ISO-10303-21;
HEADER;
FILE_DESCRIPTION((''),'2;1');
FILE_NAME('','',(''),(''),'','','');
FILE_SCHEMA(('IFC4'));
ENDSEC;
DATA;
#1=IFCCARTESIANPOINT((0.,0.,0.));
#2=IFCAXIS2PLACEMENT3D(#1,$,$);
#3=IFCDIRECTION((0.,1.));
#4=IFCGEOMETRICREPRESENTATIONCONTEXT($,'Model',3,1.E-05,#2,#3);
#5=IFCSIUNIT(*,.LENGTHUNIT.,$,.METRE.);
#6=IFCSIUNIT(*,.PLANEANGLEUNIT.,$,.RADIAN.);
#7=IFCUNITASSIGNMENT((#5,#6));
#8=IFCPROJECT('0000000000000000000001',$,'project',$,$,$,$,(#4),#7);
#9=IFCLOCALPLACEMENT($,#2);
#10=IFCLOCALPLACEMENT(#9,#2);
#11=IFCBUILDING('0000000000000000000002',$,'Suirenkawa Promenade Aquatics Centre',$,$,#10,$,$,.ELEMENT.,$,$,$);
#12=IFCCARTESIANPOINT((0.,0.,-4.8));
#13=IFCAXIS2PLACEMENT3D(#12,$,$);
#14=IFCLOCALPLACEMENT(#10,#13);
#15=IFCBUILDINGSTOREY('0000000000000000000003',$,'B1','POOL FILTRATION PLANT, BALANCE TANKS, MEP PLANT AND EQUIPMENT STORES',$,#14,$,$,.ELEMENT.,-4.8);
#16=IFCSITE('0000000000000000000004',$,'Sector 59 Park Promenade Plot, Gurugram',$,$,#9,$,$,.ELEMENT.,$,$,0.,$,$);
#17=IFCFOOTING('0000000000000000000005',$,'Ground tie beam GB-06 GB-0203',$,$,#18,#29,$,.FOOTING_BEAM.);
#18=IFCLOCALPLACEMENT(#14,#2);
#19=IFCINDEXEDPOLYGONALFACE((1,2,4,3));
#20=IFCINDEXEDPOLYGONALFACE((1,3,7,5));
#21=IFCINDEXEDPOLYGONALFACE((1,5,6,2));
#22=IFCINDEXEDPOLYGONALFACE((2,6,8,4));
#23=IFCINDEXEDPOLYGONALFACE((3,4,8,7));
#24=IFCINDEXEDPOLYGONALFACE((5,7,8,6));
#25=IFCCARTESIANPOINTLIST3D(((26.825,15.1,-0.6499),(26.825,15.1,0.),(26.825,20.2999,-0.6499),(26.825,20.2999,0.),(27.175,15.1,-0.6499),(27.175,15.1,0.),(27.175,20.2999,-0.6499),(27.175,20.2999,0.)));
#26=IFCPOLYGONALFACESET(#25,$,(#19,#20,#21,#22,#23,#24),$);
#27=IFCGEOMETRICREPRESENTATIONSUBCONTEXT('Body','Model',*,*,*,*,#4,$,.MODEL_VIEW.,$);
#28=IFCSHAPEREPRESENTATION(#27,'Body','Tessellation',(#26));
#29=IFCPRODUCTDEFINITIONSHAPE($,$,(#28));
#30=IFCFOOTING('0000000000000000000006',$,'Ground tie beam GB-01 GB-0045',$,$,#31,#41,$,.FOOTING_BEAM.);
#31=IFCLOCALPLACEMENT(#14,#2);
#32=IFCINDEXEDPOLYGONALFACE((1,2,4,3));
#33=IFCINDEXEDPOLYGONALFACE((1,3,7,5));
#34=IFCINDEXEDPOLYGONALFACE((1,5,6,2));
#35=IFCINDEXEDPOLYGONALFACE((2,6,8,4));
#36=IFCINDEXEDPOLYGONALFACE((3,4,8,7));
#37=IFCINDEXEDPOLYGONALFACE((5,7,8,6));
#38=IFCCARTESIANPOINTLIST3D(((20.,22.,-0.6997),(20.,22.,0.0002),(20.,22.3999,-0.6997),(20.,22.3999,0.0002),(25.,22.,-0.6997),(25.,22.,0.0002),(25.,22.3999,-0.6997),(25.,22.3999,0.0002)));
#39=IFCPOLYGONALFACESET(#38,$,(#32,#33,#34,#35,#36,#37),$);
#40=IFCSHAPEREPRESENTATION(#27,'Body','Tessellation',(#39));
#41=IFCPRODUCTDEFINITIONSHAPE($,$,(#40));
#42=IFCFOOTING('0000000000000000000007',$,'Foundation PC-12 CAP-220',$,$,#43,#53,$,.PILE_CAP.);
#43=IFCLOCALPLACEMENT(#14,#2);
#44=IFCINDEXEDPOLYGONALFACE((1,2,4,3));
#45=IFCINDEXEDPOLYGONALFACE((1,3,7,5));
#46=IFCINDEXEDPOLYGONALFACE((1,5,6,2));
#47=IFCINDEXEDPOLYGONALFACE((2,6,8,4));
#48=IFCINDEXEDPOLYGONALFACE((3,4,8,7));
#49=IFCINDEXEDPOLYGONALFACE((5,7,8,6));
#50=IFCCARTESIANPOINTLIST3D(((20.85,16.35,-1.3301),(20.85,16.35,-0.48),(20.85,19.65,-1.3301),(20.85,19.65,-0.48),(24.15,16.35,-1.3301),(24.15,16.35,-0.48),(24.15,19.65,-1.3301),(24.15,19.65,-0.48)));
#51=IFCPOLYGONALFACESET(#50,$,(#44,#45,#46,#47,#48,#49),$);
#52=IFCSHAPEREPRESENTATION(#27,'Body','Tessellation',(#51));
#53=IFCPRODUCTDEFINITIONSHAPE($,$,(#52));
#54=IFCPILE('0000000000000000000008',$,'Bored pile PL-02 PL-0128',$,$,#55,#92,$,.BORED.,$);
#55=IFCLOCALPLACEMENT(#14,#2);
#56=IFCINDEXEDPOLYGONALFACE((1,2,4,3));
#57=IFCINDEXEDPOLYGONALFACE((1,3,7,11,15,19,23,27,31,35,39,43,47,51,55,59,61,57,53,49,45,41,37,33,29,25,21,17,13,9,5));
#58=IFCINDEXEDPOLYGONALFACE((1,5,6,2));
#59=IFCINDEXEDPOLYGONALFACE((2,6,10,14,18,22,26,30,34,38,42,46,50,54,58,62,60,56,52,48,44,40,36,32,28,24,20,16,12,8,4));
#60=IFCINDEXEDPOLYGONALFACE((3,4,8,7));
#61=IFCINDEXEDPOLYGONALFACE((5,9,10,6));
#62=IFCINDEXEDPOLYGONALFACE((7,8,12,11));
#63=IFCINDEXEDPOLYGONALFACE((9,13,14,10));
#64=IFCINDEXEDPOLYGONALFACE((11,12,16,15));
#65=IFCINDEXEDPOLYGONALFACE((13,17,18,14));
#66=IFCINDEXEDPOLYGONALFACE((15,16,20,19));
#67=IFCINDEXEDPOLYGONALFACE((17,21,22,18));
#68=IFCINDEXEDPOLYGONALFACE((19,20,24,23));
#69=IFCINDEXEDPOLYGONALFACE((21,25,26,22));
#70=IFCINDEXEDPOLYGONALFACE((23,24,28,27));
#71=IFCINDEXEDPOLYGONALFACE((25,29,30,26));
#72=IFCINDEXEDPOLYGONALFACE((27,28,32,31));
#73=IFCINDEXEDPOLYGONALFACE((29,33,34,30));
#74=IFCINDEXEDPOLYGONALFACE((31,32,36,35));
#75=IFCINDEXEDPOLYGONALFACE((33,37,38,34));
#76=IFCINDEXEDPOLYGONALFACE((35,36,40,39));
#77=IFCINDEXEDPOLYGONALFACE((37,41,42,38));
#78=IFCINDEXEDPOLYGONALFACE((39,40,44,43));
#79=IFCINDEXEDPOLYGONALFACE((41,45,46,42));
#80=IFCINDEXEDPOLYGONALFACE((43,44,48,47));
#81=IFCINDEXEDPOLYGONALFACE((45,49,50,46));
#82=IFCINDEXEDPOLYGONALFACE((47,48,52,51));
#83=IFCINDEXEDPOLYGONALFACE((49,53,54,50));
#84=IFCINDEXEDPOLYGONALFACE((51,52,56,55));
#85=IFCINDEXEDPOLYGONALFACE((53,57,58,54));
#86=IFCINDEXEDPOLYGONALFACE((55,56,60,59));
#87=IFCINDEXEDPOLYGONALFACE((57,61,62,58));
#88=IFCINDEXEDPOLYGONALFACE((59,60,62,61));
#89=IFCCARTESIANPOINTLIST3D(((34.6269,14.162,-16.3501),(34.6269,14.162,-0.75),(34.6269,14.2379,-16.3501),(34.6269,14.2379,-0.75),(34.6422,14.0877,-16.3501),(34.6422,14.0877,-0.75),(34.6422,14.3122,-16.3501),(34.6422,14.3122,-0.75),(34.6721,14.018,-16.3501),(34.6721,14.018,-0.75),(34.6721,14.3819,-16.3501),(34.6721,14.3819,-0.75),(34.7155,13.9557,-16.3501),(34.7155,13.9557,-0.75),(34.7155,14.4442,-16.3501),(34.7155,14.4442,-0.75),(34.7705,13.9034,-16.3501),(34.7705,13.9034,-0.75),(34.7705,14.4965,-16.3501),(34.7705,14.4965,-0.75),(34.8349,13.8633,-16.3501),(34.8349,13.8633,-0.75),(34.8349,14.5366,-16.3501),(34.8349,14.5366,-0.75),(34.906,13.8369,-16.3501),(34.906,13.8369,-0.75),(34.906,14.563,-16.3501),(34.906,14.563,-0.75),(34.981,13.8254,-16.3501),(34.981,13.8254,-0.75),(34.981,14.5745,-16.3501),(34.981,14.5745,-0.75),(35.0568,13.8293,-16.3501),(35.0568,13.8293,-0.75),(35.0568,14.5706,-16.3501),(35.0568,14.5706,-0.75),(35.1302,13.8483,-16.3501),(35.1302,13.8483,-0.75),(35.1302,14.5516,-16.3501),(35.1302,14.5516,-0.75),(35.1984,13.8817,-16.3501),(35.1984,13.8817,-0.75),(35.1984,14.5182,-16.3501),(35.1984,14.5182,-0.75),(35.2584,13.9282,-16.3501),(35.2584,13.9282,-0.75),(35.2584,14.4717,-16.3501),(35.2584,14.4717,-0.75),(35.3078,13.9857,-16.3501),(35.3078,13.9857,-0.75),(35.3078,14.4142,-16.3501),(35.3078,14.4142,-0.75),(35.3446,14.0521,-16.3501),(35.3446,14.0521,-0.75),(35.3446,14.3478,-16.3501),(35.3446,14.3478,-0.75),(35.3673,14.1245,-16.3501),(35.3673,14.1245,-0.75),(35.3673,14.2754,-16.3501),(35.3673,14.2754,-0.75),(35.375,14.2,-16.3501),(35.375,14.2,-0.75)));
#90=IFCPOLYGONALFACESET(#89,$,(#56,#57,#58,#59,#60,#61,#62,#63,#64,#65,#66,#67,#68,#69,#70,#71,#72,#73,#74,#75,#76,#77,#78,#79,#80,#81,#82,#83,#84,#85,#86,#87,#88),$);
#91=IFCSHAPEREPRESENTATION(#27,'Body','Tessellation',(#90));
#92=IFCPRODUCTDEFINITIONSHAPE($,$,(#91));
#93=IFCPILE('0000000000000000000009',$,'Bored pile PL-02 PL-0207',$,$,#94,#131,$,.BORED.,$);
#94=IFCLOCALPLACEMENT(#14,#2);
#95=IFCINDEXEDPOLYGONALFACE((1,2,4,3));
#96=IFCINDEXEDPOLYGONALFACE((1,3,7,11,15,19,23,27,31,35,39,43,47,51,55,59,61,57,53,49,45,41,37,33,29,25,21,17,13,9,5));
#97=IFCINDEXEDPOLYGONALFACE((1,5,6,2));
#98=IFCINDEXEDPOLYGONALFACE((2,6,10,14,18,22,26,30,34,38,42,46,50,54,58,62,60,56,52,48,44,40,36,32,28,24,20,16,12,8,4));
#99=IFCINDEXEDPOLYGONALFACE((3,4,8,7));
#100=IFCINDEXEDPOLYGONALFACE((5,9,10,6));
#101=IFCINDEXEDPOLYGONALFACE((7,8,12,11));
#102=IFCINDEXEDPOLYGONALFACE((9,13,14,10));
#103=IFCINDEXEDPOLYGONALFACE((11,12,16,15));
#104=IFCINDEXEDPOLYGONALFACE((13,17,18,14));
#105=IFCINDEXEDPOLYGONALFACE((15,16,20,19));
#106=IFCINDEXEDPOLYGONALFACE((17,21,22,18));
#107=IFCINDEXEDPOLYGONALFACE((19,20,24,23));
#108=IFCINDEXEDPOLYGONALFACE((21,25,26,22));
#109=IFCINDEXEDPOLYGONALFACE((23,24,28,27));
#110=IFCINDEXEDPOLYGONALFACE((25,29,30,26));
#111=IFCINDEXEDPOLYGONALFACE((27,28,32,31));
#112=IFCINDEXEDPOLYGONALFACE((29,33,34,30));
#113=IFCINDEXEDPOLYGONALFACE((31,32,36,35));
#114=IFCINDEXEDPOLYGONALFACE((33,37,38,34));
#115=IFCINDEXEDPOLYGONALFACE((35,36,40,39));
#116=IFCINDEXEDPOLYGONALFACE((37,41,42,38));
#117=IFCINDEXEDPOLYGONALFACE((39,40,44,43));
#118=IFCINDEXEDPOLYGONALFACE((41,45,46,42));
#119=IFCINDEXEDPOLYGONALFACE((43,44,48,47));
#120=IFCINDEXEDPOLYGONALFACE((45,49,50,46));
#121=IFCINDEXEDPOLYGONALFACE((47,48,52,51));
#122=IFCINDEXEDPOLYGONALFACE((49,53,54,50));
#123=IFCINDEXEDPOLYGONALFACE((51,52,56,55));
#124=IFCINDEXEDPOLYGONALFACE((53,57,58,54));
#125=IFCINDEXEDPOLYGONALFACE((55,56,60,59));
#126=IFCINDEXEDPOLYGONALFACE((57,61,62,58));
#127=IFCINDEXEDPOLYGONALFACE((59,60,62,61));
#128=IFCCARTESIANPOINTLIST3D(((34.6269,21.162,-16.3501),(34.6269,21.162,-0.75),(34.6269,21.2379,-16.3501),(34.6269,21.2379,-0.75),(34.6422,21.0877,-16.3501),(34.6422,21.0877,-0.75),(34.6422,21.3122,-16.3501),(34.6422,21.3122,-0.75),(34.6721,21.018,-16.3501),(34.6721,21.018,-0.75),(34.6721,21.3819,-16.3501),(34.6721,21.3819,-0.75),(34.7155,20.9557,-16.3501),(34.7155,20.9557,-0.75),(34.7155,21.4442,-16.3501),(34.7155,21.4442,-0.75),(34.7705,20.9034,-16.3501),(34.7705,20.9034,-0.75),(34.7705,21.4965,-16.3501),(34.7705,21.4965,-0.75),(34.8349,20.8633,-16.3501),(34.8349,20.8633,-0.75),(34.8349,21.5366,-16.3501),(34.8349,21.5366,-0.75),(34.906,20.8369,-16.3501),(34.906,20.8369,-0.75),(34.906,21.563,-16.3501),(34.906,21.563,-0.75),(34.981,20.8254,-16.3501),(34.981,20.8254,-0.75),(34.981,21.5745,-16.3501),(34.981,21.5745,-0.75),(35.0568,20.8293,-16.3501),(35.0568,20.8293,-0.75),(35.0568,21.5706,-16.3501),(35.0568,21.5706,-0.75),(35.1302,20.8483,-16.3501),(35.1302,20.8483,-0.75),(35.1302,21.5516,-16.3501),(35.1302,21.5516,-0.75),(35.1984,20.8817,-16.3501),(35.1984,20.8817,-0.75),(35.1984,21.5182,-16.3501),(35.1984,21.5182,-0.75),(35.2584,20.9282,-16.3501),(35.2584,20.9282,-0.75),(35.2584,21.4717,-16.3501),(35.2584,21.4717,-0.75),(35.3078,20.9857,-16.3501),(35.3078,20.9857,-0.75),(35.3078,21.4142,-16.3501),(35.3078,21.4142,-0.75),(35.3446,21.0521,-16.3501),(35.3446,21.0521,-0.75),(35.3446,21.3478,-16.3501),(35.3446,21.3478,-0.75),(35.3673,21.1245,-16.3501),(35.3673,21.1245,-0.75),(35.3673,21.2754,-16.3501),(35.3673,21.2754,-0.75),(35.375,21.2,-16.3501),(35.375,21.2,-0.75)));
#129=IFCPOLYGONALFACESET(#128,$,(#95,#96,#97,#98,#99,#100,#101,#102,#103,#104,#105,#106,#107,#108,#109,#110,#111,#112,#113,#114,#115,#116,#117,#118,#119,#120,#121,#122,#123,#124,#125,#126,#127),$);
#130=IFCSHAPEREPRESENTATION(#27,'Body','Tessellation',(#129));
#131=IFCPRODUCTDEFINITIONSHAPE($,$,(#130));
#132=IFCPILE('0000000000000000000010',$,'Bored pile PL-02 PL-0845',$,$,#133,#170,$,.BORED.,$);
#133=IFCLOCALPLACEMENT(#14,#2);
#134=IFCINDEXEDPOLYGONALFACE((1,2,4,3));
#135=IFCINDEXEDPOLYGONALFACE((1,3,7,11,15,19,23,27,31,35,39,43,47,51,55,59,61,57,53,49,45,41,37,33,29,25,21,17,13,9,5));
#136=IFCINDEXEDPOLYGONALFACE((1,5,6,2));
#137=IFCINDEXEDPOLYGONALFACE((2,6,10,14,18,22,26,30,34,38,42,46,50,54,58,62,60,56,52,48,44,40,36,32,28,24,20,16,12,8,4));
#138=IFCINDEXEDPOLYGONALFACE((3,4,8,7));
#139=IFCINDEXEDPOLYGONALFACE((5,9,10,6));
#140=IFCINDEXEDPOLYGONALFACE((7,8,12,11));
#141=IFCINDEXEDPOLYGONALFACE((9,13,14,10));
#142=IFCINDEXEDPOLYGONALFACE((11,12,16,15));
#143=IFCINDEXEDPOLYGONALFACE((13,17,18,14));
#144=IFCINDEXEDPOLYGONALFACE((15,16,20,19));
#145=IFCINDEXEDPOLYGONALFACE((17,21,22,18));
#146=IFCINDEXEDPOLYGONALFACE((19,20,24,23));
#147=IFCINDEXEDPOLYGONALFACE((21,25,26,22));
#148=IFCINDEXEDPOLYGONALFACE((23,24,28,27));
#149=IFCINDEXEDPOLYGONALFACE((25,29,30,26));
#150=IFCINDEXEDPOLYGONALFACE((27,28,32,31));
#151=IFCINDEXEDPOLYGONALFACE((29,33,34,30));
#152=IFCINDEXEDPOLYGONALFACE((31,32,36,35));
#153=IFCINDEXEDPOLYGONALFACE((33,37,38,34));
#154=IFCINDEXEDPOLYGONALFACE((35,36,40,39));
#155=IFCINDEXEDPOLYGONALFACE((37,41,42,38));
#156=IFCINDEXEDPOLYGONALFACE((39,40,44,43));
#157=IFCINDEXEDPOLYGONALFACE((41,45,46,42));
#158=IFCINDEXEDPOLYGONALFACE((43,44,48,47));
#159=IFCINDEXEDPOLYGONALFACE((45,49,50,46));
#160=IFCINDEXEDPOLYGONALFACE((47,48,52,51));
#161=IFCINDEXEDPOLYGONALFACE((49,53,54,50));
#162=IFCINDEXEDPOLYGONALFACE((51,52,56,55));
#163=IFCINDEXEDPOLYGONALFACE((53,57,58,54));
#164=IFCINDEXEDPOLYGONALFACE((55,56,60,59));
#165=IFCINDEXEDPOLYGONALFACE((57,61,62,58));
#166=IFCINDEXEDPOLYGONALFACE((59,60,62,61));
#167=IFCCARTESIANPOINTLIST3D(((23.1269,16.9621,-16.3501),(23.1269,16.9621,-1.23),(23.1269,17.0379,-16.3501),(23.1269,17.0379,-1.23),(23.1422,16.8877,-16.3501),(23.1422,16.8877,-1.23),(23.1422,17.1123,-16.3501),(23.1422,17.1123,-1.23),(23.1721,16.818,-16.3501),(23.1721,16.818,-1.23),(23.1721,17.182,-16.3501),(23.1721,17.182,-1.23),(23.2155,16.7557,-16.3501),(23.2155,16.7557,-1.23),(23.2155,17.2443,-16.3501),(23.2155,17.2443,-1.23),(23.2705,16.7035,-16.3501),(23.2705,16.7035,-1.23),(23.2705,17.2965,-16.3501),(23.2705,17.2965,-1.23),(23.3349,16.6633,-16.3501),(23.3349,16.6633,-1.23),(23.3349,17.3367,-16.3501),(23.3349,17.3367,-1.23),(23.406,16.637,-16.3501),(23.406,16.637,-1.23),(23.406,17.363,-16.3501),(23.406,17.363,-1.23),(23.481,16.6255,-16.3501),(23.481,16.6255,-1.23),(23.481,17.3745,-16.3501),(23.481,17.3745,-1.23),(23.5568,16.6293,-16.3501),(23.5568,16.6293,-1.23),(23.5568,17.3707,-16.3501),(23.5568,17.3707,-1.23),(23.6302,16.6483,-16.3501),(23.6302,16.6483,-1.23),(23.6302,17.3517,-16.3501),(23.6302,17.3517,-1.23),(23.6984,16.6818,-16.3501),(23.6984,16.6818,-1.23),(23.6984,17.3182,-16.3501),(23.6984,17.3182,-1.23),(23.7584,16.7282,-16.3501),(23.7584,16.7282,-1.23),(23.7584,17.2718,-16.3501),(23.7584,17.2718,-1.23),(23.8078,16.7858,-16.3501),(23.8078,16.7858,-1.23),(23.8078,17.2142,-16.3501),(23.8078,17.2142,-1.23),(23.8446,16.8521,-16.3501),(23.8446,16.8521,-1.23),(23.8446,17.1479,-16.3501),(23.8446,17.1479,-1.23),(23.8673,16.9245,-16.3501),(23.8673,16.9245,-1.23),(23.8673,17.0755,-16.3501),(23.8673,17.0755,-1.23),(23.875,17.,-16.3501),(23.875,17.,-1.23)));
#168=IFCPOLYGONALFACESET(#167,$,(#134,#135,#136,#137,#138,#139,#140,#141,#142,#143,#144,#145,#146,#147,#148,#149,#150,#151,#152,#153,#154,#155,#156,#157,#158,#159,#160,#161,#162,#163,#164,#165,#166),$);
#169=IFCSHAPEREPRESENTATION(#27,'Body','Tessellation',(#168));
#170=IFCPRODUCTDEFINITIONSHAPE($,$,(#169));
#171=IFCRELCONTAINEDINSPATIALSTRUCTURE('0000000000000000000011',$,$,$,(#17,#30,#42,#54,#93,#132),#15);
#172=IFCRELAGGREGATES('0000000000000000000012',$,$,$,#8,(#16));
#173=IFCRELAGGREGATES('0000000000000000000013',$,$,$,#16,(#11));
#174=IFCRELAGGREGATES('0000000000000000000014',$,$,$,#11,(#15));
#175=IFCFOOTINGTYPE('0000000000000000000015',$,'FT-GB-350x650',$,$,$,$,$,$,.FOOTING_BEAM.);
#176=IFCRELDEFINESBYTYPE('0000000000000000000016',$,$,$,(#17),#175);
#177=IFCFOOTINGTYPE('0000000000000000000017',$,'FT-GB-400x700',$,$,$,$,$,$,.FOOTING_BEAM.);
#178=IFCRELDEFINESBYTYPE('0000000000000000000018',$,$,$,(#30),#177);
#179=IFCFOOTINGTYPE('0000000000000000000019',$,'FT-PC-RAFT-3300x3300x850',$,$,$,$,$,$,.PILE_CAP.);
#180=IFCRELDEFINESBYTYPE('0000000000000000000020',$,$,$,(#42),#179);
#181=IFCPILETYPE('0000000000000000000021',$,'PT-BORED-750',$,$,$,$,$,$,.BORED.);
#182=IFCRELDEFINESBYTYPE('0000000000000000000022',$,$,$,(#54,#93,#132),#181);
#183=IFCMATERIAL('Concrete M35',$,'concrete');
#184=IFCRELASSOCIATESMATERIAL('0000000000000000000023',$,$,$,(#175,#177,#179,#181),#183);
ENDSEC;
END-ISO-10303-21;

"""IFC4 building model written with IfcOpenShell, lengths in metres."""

from ifc_helpers import new_model, si_unit, direction, frame, origin, origin_2d, place, context, subcontext, project, spatial, rectangle, circle, extrude, material, material_profile, profile_set, type_object, element, save


model = new_model("IFC4")

# Units and contexts
model_context = context("Model", 3, precision=1e-05, world=origin(), true_north=direction((0.0, 1.0)))
body_context = subcontext(model_context, "Body", "Model", "MODEL_VIEW")
ifc_project = project(units=[si_unit("LENGTHUNIT", "METRE"), si_unit("PLANEANGLEUNIT", "RADIAN")], contexts=[model_context])

# Site, building, storey
site_placement = place(None, origin())
site = spatial("IfcSite", under=ifc_project, at=site_placement, Name="Sector 59 Park Promenade Plot, Gurugram", CompositionType="ELEMENT", RefElevation=0.0)
building_placement = place(site_placement, origin())
building = spatial("IfcBuilding", under=site, at=building_placement, Name="Suirenkawa Promenade Aquatics Centre", CompositionType="ELEMENT")
storey_placement = place(building_placement, frame((0.0, 0.0, -4.8)))
storey = spatial("IfcBuildingStorey", under=building, at=storey_placement, Name="B1", Description="POOL FILTRATION PLANT, BALANCE TANKS, MEP PLANT AND EQUIPMENT STORES", CompositionType="ELEMENT", Elevation=-4.8)

# Footings
ifc_material_1 = material(Name="Concrete M35", Category="concrete")
footing_type_1 = type_object("IfcFootingType", Name="FT-GB-350x650", PredefinedType="FOOTING_BEAM", material=ifc_material_1)
footing_1_placement = place(storey_placement, frame((27.0, 17.7, -0.6499), z_axis=(0.0, 0.0, 1.0), x_axis=(0.0, 1.0, 0.0)))
element("IfcFooting", 1, at=footing_1_placement, inside=storey, type_object=footing_type_1, Name="Ground tie beam GB-06 GB-0203", PredefinedType="FOOTING_BEAM", context=body_context, shape_type="SweptSolid", body=[
    extrude(rectangle(XDim=5.2, YDim=0.3501, at=origin_2d()), origin(), (0.0, 0.0, 1.0), 0.6499),
])
footing_type_2 = type_object("IfcFootingType", Name="FT-GB-400x700", PredefinedType="FOOTING_BEAM", material=ifc_material_1)
footing_2_placement = place(storey_placement, frame((22.5, 22.2, -0.6997), z_axis=(0.0, 0.0, 1.0), x_axis=(1.0, 0.0, 0.0)))
element("IfcFooting", 2, at=footing_2_placement, inside=storey, type_object=footing_type_2, Name="Ground tie beam GB-01 GB-0045", PredefinedType="FOOTING_BEAM", context=body_context, shape_type="SweptSolid", body=[
    extrude(rectangle(XDim=5.0, YDim=0.3999, at=origin_2d()), origin(), (0.0, 0.0, 1.0), 0.7),
])
footing_type_3 = type_object("IfcFootingType", Name="FT-PC-RAFT-3300x3300x850", PredefinedType="PILE_CAP", material=ifc_material_1)
footing_3_placement = place(storey_placement, frame((22.5, 18.0, -1.3301), z_axis=(0.0, 0.0, 1.0), x_axis=(1.0, 0.0, 0.0)))
element("IfcFooting", 3, at=footing_3_placement, inside=storey, type_object=footing_type_3, Name="Foundation PC-12 CAP-220", PredefinedType="PILE_CAP", context=body_context, shape_type="SweptSolid", body=[
    extrude(rectangle(XDim=3.3, YDim=3.3, at=origin_2d()), origin(), (0.0, 0.0, 1.0), 0.8501),
])

# Piles
ifc_material_profile_1 = material_profile(ifc_material_1, circle(Radius=0.375, at=origin_2d()), Name="PILE D750", Category="concrete")
ifc_profile_set_1 = profile_set([ifc_material_profile_1], Name="Concrete M35")
pile_type_1 = type_object("IfcPileType", Name="PT-BORED-750", PredefinedType="BORED", material=ifc_profile_set_1)
for number, where, z_axis, x_axis, name in (
    (4, (35.0, 14.2, -0.75), (0.0, 0.0, -1.0), (1.0, 0.0, 0.0), "Bored pile PL-02 PL-0128"),
    (5, (35.0, 21.2, -0.75), (0.0, 0.0, -1.0), (1.0, 0.0, 0.0), "Bored pile PL-02 PL-0207"),
):
    element("IfcPile", number, at=place(storey_placement, frame(where, z_axis=z_axis, x_axis=x_axis)), inside=storey, type_object=pile_type_1, Name=name, PredefinedType="BORED", context=body_context, shape_type="SweptSolid", body=[
        extrude(circle(Radius=0.375, at=origin_2d()), origin(), (0.0, 0.0, 1.0), 15.6001),
    ])
for number, where, z_axis, x_axis, name in (
    (6, (23.5, 17.0, -1.23), (0.0, 0.0, -1.0), (1.0, 0.0, 0.0), "Bored pile PL-02 PL-0845"),
):
    element("IfcPile", number, at=place(storey_placement, frame(where, z_axis=z_axis, x_axis=x_axis)), inside=storey, type_object=pile_type_1, Name=name, PredefinedType="BORED", context=body_context, shape_type="SweptSolid", body=[
        extrude(circle(Radius=0.375, at=origin_2d()), origin(), (0.0, 0.0, 1.0), 15.1201),
    ])

save(model, "model.ifc")
